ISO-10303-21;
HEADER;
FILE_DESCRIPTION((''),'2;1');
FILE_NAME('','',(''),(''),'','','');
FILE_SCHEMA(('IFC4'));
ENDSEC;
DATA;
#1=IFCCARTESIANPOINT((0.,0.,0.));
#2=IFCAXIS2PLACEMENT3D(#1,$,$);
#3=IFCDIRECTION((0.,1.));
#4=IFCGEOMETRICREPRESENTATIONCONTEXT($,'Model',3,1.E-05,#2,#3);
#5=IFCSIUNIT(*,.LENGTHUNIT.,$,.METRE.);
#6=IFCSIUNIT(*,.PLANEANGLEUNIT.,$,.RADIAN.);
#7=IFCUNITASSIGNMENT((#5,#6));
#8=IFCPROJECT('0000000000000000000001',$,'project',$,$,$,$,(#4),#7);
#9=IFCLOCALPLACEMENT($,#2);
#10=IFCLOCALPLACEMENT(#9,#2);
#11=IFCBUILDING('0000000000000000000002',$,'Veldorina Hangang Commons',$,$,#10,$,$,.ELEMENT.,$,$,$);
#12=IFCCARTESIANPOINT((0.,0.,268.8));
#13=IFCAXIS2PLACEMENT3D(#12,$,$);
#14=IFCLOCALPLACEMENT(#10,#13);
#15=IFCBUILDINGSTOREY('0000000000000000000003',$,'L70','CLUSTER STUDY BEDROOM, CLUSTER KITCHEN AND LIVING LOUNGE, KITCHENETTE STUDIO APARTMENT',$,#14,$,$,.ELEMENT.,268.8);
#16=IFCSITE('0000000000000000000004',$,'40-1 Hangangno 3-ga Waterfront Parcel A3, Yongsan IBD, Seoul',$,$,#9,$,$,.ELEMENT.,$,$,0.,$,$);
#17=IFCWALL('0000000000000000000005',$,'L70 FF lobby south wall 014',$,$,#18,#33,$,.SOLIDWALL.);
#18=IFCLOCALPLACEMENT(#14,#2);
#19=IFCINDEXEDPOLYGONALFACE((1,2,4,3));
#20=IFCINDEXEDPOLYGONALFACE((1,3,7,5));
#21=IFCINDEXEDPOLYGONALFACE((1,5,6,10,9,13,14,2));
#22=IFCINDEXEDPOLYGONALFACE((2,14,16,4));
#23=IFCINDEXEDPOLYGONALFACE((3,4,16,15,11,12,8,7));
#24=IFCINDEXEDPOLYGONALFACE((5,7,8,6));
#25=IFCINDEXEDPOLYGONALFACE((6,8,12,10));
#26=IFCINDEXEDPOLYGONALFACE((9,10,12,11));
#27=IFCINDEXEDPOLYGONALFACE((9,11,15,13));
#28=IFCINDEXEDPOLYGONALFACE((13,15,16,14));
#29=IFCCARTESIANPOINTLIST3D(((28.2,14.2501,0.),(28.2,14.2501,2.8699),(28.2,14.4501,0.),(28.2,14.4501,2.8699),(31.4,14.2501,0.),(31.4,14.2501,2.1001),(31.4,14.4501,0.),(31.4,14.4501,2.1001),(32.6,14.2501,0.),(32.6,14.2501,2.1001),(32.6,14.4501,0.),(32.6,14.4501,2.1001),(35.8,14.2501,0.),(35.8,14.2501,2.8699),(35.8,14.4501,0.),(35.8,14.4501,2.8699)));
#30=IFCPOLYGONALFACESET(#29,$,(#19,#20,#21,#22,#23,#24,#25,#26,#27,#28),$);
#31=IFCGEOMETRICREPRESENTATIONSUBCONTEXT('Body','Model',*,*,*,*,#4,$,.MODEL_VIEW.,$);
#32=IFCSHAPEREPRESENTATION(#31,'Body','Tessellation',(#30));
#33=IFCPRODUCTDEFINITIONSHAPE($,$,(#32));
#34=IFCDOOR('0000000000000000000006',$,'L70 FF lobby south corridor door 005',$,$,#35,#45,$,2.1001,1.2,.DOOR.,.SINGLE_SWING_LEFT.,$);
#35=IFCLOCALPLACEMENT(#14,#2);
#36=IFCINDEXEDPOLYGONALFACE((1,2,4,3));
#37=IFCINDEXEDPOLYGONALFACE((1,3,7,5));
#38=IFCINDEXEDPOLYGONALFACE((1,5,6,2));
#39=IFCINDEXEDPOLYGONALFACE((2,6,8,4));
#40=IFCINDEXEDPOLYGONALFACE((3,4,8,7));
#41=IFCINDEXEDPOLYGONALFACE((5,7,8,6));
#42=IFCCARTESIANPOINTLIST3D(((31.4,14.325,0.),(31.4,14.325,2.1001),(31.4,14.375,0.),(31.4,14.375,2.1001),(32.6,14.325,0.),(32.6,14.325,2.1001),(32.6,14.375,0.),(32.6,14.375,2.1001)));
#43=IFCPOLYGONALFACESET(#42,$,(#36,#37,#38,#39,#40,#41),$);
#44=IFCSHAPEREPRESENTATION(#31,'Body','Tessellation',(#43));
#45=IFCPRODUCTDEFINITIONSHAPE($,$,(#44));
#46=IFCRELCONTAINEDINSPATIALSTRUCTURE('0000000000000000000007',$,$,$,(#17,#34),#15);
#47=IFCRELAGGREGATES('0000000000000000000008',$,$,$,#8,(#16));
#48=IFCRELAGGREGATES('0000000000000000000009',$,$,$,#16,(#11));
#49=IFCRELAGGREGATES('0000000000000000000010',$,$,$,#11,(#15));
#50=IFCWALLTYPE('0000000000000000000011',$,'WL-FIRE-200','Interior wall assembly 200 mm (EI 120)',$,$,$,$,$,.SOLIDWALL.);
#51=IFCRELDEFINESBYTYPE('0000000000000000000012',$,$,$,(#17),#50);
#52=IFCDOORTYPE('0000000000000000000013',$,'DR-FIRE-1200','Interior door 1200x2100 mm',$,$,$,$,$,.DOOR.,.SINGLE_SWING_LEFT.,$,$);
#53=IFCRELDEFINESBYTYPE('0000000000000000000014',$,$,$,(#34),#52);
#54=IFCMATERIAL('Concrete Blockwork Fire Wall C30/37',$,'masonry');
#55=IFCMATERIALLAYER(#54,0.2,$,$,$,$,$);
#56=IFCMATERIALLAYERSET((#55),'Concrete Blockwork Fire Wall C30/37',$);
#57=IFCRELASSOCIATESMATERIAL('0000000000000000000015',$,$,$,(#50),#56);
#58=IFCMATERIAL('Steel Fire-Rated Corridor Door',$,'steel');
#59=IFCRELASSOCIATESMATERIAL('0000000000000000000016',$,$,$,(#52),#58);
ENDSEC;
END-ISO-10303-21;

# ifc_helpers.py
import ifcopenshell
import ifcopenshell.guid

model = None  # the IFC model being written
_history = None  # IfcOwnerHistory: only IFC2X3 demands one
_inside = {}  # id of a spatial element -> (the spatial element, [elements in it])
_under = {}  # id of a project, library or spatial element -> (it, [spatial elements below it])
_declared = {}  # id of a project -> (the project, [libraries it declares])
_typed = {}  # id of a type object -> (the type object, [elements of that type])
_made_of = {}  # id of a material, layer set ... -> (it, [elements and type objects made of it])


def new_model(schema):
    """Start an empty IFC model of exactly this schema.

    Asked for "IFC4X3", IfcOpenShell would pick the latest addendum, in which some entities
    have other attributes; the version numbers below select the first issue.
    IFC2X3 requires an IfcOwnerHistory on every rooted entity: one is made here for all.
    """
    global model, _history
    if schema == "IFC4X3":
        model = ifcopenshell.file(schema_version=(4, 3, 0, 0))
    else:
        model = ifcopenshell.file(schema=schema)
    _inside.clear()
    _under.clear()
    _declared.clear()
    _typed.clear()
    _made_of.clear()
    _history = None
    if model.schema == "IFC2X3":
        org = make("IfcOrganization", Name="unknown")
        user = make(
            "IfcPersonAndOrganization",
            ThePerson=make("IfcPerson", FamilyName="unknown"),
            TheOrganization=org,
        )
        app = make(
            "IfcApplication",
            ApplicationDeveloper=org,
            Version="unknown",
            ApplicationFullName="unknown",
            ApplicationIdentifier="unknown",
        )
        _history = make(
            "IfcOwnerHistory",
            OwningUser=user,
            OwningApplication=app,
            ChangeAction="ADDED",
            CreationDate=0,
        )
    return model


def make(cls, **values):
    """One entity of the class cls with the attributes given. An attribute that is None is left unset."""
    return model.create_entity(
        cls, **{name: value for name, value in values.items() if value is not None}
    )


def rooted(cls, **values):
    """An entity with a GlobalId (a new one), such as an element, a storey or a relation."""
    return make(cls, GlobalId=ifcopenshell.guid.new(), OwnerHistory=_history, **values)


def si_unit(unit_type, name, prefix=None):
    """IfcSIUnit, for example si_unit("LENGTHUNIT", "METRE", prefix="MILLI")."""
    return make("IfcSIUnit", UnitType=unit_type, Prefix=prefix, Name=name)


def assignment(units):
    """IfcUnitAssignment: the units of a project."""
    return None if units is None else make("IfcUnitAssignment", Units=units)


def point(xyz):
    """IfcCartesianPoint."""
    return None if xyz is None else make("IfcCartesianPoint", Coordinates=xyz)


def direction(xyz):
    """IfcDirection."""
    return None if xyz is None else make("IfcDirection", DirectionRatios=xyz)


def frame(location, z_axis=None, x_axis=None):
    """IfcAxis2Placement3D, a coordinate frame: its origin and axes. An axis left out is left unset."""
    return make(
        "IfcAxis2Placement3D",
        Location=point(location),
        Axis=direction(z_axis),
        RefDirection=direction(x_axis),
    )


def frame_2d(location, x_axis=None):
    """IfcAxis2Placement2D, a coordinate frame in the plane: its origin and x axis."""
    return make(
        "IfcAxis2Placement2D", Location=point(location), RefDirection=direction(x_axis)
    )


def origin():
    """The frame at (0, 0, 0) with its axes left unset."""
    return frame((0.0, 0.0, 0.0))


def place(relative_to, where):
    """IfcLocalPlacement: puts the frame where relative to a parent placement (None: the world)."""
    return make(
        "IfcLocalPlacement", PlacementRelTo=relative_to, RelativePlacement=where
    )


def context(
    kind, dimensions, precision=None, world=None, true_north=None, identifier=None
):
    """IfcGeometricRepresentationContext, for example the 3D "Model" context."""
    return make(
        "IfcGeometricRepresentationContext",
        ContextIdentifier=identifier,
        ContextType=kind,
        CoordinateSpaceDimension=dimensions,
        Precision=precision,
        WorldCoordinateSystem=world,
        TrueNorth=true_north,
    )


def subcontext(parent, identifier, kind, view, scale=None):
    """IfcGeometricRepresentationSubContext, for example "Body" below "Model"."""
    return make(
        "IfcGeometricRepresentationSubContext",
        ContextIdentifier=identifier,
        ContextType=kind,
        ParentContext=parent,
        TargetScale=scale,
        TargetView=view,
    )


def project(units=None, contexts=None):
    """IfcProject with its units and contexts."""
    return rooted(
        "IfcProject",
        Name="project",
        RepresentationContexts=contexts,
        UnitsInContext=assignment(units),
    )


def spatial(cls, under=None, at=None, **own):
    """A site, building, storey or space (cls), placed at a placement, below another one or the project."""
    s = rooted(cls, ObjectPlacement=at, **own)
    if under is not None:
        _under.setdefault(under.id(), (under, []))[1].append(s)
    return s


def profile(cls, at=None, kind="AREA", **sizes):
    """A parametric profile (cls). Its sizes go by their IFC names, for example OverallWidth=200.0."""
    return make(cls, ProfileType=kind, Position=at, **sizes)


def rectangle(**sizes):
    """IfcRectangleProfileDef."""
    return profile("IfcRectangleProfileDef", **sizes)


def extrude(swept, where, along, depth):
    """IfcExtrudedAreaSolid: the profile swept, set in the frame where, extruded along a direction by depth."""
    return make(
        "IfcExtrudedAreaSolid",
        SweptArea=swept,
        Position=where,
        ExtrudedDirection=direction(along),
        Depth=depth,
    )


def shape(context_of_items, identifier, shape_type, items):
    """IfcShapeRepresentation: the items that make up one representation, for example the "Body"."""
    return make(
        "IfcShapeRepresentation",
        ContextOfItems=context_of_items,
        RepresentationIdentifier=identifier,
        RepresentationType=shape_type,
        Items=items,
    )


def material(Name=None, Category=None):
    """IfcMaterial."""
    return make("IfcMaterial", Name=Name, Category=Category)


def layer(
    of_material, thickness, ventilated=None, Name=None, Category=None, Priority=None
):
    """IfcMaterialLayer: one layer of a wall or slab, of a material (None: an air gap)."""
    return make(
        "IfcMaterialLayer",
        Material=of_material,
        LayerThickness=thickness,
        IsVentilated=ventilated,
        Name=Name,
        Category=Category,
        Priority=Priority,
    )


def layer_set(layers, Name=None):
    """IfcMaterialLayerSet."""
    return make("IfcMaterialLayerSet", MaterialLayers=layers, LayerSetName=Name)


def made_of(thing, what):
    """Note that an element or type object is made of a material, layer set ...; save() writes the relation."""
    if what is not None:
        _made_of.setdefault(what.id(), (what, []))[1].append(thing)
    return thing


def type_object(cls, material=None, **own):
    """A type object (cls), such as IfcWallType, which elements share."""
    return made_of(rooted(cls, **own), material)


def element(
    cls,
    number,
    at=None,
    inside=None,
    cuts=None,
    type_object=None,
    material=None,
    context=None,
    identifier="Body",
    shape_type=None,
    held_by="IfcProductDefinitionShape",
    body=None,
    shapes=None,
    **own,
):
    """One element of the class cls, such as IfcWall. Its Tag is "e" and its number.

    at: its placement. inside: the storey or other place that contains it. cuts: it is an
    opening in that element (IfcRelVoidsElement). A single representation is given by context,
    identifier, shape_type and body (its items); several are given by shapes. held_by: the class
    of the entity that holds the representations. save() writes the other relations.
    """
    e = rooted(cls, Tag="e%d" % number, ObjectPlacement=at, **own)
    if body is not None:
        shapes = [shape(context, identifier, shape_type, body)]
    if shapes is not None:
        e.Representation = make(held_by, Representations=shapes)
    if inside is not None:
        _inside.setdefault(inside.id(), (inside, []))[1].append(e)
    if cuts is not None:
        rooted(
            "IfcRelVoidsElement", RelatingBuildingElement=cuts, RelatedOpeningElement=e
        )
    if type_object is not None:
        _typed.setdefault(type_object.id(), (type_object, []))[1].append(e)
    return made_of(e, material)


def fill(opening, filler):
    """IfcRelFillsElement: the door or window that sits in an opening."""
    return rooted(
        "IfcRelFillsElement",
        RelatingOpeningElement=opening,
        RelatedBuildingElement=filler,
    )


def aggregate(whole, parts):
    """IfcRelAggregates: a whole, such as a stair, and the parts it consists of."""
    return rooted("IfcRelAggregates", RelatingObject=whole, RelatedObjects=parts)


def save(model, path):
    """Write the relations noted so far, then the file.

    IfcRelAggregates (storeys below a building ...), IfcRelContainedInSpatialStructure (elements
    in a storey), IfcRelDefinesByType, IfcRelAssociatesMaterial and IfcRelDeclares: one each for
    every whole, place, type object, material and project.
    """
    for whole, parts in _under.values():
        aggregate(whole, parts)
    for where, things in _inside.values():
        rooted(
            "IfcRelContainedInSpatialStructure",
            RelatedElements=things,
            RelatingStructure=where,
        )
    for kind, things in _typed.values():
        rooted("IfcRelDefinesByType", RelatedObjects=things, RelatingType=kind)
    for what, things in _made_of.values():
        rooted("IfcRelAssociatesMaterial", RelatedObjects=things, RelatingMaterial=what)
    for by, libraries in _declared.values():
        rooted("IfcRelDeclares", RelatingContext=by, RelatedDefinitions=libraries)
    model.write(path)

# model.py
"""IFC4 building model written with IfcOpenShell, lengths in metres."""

from ifc_helpers import new_model, si_unit, direction, frame, frame_2d, origin, place, context, subcontext, project, spatial, rectangle, extrude, material, layer, layer_set, type_object, element, fill, save


model = new_model("IFC4")

# Units and contexts
model_context = context("Model", 3, precision=1e-05, world=origin(), true_north=direction((0.0, 1.0)))
body_context = subcontext(model_context, "Body", "Model", "MODEL_VIEW")
ifc_project = project(units=[si_unit("LENGTHUNIT", "METRE"), si_unit("PLANEANGLEUNIT", "RADIAN")], contexts=[model_context])

# Site, building, storey
site_placement = place(None, origin())
site = spatial("IfcSite", under=ifc_project, at=site_placement, Name="40-1 Hangangno 3-ga Waterfront Parcel A3, Yongsan IBD, Seoul", CompositionType="ELEMENT", RefElevation=0.0)
building_placement = place(site_placement, origin())
building = spatial("IfcBuilding", under=site, at=building_placement, Name="Veldorina Hangang Commons", CompositionType="ELEMENT")
storey_placement = place(building_placement, frame((0.0, 0.0, 268.8)))
storey = spatial("IfcBuildingStorey", under=building, at=storey_placement, Name="L70", Description="CLUSTER STUDY BEDROOM, CLUSTER KITCHEN AND LIVING LOUNGE, KITCHENETTE STUDIO APARTMENT", CompositionType="ELEMENT", Elevation=268.8)

# Shared definitions
ifc_material_1 = material(Name="Concrete Blockwork Fire Wall C30/37", Category="masonry")
ifc_layer_1 = layer(ifc_material_1, 0.2)
ifc_layer_set_1 = layer_set([ifc_layer_1], Name="Concrete Blockwork Fire Wall C30/37")
wall_type_1 = type_object("IfcWallType", Name="WL-FIRE-200", Description="Interior wall assembly 200 mm (EI 120)", PredefinedType="SOLIDWALL", material=ifc_layer_set_1)

# Wall, opening, door
wall_1_placement = place(storey_placement, frame((28.2, 14.3501, 0.0), z_axis=(0.0, 0.0, 1.0), x_axis=(1.0, 0.0, 0.0)))
wall_1 = element("IfcWall", 1, at=wall_1_placement, inside=storey, type_object=wall_type_1, Name="L70 FF lobby south wall 014", PredefinedType="SOLIDWALL", context=body_context, shape_type="SweptSolid", body=[
    extrude(rectangle(XDim=7.6001, YDim=0.2, at=frame_2d((3.8, 0.0))), origin(), (0.0, 0.0, 1.0), 2.8699),
])
opening_1_placement = place(wall_1_placement, frame((3.2, 0.0, 0.0)))
opening_1 = element("IfcOpeningElement", 2, at=opening_1_placement, cuts=wall_1, PredefinedType="OPENING", context=body_context, shape_type="SweptSolid", body=[
    extrude(rectangle(XDim=1.2, YDim=2.1001, at=frame_2d((0.6001, 1.05))), frame((0.0, 0.1099, 0.0), z_axis=(0.0, -1.0, 0.0), x_axis=(1.0, 0.0, 0.0)), (0.0, 0.0, 1.0), 0.22),
])
ifc_material_2 = material(Name="Steel Fire-Rated Corridor Door", Category="steel")
door_type_1 = type_object("IfcDoorType", Name="DR-FIRE-1200", Description="Interior door 1200x2100 mm", OperationType="SINGLE_SWING_LEFT", PredefinedType="DOOR", material=ifc_material_2)
door_1_placement = place(opening_1_placement, origin())
door_1 = element("IfcDoor", 3, at=door_1_placement, inside=storey, type_object=door_type_1, Name="L70 FF lobby south corridor door 005", OperationType="SINGLE_SWING_LEFT", OverallHeight=2.1001, OverallWidth=1.2, PredefinedType="DOOR", context=body_context, shape_type="SweptSolid", body=[
    extrude(rectangle(XDim=1.2, YDim=2.1001, at=frame_2d((0.6001, 1.05))), frame((0.0, 0.0249, 0.0), z_axis=(0.0, -1.0, 0.0), x_axis=(1.0, 0.0, 0.0)), (0.0, 0.0, 1.0), 0.05),
])
fill(opening_1, door_1)

save(model, "model.ifc")
